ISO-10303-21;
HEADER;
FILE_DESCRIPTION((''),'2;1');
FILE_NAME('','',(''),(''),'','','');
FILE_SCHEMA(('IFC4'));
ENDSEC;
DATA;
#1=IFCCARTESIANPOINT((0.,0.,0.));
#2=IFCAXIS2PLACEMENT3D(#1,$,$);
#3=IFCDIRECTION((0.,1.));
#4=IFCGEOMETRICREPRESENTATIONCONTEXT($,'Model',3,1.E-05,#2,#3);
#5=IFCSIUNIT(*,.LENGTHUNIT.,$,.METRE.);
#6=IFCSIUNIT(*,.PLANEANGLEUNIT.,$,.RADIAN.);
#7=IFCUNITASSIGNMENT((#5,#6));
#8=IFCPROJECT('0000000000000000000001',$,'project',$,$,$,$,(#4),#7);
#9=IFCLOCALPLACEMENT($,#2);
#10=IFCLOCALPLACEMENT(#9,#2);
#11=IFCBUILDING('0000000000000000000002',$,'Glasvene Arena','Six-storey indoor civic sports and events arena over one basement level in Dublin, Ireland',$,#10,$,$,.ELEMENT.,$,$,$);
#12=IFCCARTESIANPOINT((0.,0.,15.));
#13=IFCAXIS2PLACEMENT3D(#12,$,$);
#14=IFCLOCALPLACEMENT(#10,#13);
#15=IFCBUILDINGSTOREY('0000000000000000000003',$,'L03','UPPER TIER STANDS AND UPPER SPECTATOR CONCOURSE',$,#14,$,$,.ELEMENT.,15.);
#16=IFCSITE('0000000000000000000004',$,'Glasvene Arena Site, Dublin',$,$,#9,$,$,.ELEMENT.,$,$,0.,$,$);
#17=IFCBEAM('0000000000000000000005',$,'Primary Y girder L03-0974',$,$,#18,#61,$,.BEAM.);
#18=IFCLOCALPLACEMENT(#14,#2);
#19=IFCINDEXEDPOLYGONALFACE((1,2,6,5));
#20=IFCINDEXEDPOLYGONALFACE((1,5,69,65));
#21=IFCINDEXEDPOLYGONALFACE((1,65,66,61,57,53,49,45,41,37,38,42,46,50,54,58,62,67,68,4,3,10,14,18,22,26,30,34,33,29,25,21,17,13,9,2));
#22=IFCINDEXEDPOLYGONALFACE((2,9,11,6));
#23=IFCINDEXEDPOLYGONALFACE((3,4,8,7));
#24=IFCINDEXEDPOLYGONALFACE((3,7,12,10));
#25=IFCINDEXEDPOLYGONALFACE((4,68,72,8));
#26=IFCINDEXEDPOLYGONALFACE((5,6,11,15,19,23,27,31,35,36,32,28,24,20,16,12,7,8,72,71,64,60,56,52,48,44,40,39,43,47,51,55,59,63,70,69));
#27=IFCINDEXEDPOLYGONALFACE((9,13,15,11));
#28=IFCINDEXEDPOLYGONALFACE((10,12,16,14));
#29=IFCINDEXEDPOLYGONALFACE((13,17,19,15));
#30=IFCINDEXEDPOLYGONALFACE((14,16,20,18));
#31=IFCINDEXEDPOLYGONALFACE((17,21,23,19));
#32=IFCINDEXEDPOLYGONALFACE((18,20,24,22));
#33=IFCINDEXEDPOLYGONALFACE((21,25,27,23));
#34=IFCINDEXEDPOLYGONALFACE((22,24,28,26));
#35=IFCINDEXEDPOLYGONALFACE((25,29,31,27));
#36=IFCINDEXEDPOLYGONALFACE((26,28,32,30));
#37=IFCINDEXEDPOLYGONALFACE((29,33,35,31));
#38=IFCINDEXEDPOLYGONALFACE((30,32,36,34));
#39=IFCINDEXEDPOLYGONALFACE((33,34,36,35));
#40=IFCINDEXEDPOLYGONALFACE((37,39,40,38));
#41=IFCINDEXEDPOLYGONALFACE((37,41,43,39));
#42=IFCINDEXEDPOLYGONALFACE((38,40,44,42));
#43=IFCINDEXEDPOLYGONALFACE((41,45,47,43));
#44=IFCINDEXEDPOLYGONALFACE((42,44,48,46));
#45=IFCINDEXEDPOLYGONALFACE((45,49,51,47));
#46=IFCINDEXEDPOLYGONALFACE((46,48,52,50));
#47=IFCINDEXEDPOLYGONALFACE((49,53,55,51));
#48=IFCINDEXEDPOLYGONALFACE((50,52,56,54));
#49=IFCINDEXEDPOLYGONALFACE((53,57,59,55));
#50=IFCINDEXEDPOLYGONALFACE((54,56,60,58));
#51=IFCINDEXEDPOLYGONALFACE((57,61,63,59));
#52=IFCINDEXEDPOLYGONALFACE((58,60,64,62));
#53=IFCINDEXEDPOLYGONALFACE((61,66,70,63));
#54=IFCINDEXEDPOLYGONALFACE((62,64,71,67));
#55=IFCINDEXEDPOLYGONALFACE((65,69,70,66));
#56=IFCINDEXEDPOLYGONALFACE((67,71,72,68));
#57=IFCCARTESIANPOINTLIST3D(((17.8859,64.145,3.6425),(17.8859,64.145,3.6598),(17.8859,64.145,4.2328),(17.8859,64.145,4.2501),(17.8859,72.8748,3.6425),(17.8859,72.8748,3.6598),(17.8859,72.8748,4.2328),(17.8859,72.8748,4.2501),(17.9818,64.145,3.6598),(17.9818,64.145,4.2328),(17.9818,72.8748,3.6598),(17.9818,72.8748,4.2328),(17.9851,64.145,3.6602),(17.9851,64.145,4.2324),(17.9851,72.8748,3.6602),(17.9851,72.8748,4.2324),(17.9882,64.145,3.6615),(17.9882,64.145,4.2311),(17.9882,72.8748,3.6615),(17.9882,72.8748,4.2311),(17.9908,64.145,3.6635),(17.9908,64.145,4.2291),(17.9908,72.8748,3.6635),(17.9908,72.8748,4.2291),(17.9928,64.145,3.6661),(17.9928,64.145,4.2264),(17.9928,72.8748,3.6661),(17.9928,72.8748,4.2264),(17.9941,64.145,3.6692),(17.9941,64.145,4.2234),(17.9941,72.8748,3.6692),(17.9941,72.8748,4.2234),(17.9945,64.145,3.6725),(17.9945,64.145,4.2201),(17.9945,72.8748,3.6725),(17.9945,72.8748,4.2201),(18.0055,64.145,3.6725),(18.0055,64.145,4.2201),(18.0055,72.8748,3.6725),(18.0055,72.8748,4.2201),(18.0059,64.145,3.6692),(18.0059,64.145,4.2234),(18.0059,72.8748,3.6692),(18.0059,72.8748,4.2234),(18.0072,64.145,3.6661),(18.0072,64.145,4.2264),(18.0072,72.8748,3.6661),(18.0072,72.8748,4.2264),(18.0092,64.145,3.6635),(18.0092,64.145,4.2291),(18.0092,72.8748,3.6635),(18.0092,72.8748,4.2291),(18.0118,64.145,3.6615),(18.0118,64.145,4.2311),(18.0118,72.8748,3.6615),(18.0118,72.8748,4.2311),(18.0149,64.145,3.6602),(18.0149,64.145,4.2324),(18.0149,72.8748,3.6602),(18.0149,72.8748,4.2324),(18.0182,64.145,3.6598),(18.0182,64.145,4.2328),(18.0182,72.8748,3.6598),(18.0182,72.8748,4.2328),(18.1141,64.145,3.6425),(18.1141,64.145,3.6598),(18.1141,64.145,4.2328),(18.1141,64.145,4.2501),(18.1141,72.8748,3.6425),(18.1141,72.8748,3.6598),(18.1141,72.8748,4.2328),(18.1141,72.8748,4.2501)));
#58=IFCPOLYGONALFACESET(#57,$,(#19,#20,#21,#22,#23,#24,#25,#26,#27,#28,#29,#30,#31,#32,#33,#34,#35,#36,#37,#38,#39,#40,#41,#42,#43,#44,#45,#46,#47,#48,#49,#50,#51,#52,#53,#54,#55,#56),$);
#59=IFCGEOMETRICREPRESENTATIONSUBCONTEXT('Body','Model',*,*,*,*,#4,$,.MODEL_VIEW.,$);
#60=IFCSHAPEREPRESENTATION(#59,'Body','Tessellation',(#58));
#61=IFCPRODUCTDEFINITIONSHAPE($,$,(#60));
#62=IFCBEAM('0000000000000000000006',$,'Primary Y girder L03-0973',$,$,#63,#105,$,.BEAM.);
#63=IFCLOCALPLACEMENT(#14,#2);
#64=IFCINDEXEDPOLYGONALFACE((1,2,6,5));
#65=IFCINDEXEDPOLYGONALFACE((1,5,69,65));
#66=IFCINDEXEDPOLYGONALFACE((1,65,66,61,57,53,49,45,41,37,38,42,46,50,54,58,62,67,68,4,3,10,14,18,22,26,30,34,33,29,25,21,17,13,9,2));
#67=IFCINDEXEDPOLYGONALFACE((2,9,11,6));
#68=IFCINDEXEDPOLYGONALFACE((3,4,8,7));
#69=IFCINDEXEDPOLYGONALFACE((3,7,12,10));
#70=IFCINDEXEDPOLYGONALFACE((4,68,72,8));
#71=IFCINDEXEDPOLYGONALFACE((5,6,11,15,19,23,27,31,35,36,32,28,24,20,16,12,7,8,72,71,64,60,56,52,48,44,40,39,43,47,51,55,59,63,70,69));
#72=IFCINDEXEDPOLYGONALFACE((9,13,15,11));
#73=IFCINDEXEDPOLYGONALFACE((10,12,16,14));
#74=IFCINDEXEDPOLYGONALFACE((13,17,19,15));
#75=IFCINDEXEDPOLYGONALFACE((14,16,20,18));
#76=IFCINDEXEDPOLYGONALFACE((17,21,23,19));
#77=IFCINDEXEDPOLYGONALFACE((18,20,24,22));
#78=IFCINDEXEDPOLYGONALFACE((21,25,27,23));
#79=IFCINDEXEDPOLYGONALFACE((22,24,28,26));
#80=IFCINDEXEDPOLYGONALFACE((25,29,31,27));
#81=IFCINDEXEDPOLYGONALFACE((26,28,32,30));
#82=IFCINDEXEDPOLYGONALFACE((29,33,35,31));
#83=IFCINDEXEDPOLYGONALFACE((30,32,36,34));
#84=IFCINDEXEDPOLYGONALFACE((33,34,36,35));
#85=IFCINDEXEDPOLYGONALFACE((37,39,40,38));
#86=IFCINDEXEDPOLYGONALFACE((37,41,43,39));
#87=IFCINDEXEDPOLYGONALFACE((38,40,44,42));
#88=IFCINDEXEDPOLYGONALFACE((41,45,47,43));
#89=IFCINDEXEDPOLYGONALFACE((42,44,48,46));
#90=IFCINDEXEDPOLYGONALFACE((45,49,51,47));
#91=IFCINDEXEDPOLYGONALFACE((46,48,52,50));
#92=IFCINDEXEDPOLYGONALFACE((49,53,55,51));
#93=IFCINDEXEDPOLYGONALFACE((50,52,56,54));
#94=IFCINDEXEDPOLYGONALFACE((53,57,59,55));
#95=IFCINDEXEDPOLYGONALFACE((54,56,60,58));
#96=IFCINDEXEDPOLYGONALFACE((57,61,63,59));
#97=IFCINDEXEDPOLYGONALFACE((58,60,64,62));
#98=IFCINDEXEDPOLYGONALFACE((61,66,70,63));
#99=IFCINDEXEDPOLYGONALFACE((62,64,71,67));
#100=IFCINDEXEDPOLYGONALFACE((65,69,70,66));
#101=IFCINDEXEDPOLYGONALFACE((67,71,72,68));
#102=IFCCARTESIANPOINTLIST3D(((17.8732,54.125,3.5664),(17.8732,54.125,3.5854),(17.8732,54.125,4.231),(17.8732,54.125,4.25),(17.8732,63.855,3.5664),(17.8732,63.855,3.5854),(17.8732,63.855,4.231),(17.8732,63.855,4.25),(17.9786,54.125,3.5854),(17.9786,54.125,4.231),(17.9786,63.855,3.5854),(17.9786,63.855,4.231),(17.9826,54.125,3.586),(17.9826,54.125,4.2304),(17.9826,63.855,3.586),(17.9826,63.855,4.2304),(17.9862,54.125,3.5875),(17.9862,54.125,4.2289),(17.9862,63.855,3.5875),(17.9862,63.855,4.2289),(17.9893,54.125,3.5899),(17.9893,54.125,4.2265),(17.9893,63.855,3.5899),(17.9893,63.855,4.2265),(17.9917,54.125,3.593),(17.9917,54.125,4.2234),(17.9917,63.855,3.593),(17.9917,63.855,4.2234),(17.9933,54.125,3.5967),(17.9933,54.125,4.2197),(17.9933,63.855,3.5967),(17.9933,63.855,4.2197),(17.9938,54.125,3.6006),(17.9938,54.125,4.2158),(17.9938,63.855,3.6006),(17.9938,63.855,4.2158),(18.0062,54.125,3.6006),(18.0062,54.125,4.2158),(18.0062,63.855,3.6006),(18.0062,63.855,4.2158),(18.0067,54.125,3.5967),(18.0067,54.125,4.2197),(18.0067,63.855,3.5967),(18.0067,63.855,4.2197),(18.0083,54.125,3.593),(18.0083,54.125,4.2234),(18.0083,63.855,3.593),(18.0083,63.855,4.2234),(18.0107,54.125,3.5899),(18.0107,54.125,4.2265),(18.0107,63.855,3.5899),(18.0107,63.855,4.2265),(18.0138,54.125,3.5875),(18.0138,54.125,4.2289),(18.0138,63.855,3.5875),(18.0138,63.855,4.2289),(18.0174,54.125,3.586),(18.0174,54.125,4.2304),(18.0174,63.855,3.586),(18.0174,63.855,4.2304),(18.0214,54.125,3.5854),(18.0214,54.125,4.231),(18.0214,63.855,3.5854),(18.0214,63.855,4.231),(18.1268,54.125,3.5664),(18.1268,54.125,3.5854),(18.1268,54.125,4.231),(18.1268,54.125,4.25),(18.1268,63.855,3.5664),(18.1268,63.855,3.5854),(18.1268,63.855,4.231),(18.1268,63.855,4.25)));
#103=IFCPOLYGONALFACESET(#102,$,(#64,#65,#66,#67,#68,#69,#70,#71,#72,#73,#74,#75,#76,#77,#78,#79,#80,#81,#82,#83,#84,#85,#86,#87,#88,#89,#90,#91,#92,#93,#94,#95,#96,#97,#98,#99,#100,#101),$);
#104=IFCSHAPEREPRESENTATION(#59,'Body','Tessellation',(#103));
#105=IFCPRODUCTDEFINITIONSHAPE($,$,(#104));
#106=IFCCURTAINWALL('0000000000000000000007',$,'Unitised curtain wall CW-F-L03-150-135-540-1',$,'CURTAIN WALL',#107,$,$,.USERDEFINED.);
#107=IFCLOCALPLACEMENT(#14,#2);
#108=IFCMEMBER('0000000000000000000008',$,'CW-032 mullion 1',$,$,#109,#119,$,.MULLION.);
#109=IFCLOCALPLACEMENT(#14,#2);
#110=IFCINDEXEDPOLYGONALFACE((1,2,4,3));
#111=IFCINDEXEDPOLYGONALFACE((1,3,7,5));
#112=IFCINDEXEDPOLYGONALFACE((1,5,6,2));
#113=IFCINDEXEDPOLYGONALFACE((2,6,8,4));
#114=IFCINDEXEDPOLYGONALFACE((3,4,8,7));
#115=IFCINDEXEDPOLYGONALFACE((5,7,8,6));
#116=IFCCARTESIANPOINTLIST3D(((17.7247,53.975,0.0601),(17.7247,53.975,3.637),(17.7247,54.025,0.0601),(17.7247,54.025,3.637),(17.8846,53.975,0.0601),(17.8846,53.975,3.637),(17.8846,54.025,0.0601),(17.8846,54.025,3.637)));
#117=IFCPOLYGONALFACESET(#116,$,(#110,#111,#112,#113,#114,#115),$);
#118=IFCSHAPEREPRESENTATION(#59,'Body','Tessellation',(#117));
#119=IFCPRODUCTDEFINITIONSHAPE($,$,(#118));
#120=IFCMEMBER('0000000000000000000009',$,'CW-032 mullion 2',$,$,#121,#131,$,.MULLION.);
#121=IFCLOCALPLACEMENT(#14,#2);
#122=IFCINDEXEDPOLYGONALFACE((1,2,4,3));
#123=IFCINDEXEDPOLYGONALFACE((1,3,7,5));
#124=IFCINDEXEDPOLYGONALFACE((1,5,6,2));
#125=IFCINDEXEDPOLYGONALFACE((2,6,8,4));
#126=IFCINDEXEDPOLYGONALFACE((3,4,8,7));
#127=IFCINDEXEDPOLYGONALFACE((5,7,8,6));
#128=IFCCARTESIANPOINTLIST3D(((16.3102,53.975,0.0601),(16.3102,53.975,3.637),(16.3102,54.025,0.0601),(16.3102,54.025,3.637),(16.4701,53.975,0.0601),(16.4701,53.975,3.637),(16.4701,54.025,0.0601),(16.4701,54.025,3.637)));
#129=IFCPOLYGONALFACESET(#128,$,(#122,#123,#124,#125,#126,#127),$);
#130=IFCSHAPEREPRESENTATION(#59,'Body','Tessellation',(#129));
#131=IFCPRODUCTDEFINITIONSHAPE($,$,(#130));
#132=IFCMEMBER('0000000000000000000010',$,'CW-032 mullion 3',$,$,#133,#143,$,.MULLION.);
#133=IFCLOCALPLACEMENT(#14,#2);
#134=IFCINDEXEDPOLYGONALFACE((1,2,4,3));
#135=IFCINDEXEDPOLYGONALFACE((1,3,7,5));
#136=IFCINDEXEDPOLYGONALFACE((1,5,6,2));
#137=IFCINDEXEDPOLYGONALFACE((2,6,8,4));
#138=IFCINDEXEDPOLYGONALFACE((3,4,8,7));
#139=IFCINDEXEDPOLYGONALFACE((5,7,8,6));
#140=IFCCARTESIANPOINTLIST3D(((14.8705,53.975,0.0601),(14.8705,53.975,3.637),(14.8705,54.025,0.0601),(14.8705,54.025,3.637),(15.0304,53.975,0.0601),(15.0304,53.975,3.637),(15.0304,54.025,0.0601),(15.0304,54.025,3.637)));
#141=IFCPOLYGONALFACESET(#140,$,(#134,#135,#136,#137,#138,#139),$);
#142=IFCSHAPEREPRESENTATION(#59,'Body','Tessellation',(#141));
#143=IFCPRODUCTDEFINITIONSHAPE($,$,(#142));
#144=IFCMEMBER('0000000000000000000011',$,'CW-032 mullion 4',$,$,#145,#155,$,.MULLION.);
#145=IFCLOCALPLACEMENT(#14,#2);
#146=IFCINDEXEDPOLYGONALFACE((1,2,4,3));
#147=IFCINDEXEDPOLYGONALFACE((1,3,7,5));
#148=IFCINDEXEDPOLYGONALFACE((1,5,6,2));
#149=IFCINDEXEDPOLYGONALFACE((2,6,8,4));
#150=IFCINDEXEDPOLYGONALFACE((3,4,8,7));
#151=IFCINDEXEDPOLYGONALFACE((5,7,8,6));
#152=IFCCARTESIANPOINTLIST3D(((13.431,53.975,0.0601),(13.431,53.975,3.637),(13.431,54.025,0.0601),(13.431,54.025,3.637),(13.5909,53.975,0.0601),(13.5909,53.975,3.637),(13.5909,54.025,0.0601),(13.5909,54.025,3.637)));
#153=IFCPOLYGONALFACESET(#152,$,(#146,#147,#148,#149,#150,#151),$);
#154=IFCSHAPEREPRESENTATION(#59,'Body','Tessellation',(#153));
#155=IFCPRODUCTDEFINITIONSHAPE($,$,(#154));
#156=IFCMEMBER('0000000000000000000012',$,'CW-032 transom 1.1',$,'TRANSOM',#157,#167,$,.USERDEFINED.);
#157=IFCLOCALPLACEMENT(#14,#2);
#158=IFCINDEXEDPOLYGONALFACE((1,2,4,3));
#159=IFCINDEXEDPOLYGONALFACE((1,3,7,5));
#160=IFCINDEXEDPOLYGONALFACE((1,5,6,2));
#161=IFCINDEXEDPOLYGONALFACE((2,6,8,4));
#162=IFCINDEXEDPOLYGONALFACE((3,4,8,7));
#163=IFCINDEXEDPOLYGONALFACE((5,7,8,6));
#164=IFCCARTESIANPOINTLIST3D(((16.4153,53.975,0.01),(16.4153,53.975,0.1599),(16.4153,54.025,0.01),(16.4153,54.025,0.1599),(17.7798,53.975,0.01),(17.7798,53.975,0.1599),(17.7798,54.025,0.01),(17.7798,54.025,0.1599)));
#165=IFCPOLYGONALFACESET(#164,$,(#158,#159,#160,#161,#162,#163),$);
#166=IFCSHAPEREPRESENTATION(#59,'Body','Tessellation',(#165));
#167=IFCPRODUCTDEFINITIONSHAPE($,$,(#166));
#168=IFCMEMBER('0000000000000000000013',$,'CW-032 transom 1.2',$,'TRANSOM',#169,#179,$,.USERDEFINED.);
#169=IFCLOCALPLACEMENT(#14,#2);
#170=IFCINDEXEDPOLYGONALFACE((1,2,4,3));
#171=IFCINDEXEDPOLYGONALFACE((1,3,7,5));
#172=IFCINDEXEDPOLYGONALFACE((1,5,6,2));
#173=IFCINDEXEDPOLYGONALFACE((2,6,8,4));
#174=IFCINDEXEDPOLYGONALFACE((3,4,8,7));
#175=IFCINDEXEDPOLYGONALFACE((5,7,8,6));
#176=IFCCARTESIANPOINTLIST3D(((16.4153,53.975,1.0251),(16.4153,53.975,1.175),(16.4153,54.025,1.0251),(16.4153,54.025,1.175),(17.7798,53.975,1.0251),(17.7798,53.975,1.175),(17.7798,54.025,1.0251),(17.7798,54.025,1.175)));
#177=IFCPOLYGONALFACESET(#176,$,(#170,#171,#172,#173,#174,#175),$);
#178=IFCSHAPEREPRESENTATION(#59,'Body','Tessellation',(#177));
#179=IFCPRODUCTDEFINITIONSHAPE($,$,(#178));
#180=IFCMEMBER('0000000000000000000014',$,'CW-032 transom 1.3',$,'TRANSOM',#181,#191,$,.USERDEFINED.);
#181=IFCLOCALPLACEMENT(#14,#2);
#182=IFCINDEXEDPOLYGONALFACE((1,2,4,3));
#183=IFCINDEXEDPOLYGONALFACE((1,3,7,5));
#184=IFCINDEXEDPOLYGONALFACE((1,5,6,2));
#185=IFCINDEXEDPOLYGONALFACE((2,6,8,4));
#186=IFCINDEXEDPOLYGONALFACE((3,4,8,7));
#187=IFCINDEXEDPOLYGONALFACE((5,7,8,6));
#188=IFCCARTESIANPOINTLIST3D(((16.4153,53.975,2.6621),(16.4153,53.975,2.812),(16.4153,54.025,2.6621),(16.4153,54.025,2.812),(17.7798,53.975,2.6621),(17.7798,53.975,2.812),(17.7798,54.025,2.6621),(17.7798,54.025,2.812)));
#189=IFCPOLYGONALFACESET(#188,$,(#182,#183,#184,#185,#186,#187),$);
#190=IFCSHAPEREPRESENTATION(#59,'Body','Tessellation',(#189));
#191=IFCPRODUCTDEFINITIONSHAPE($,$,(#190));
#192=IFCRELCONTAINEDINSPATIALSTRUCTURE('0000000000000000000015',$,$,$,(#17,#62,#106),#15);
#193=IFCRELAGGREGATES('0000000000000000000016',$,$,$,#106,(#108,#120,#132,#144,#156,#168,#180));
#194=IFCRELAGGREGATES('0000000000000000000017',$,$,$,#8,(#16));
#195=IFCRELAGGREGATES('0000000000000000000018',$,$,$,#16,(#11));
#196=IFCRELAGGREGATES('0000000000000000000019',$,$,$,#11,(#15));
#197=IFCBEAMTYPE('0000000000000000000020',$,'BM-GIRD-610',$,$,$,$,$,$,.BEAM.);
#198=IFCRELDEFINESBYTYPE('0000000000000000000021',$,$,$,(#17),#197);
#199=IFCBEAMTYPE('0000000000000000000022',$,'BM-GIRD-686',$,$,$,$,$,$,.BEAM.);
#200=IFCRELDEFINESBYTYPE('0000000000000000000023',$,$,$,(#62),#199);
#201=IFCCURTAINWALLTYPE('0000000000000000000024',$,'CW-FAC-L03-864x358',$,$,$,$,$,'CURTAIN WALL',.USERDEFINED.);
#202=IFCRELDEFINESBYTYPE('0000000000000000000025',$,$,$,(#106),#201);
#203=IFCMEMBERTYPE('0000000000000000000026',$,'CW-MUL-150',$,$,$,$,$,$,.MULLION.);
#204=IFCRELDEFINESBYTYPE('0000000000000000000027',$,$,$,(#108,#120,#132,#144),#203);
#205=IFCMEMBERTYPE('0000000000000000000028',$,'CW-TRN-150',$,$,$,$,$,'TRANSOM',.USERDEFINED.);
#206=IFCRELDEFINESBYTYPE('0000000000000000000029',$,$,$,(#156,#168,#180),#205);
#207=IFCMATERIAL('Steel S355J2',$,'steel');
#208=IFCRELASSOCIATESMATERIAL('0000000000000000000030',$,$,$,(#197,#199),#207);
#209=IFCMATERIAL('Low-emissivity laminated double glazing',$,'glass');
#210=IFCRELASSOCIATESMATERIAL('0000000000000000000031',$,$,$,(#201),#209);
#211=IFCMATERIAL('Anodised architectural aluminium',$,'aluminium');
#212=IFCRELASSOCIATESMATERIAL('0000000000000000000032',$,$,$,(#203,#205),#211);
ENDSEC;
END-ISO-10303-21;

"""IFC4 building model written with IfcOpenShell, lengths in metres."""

from ifc_helpers import new_model, si_unit, direction, frame, origin, origin_2d, place, context, subcontext, project, spatial, rectangle, i_section, extrude, material, material_profile, profile_set, type_object, element, aggregate, save


model = new_model("IFC4")

# Units and contexts
model_context = context("Model", 3, precision=1e-05, world=origin(), true_north=direction((0.0, 1.0)))
body_context = subcontext(model_context, "Body", "Model", "MODEL_VIEW")
ifc_project = project(units=[si_unit("LENGTHUNIT", "METRE"), si_unit("PLANEANGLEUNIT", "RADIAN")], contexts=[model_context])

# Site, building, storey
site_placement = place(None, origin())
site = spatial("IfcSite", under=ifc_project, at=site_placement, Name="Glasvene Arena Site, Dublin", CompositionType="ELEMENT", RefElevation=0.0)
building_placement = place(site_placement, origin())
building = spatial("IfcBuilding", under=site, at=building_placement, Name="Glasvene Arena", Description="Six-storey indoor civic sports and events arena over one basement level in Dublin, Ireland", CompositionType="ELEMENT")
storey_placement = place(building_placement, frame((0.0, 0.0, 15.0)))
storey = spatial("IfcBuildingStorey", under=building, at=storey_placement, Name="L03", Description="UPPER TIER STANDS AND UPPER SPECTATOR CONCOURSE", CompositionType="ELEMENT", Elevation=15.0)

# Shared definitions
ifc_material_1 = material(Name="Steel S355J2", Category="steel")

# Beams
ifc_material_profile_1 = material_profile(ifc_material_1, i_section(OverallWidth=0.2283, OverallDepth=0.6077, WebThickness=0.011, FlangeThickness=0.0173, FilletRadius=0.0127, at=origin_2d()), Name="UKB 610x229x113")
ifc_profile_set_1 = profile_set([ifc_material_profile_1], Name="Steel S355J2")
beam_type_1 = type_object("IfcBeamType", Name="BM-GIRD-610", PredefinedType="BEAM", material=ifc_profile_set_1)
beam_1_placement = place(storey_placement, frame((18.0, 64.145, 3.9463), z_axis=(0.0, 1.0, 0.0), x_axis=(-1.0, 0.0, 0.0)))
element("IfcBeam", 1, at=beam_1_placement, inside=storey, type_object=beam_type_1, Name="Primary Y girder L03-0974", PredefinedType="BEAM", context=body_context, shape_type="SweptSolid", body=[
    extrude(i_section(OverallWidth=0.2283, OverallDepth=0.6077, WebThickness=0.011, FlangeThickness=0.0173, FilletRadius=0.0127, at=origin_2d()), origin(), (0.0, 0.0, 1.0), 8.7297),
])
ifc_material_profile_2 = material_profile(ifc_material_1, i_section(OverallWidth=0.2537, OverallDepth=0.6836, WebThickness=0.0125, FlangeThickness=0.019, FilletRadius=0.0151, at=origin_2d()), Name="UKB 686x254x140")
ifc_profile_set_2 = profile_set([ifc_material_profile_2], Name="Steel S355J2")
beam_type_2 = type_object("IfcBeamType", Name="BM-GIRD-686", PredefinedType="BEAM", material=ifc_profile_set_2)
beam_2_placement = place(storey_placement, frame((18.0, 54.125, 3.9082), z_axis=(0.0, 1.0, 0.0), x_axis=(-1.0, 0.0, 0.0)))
element("IfcBeam", 2, at=beam_2_placement, inside=storey, type_object=beam_type_2, Name="Primary Y girder L03-0973", PredefinedType="BEAM", context=body_context, shape_type="SweptSolid", body=[
    extrude(i_section(OverallWidth=0.2537, OverallDepth=0.6836, WebThickness=0.0125, FlangeThickness=0.019, FilletRadius=0.0151, at=origin_2d()), origin(), (0.0, 0.0, 1.0), 9.73),
])

# Curtain wall, members
ifc_material_2 = material(Name="Low-emissivity laminated double glazing", Category="glass")
curtain_wall_type = type_object("IfcCurtainWallType", Name="CW-FAC-L03-864x358", ElementType="CURTAIN WALL", PredefinedType="USERDEFINED", material=ifc_material_2)
curtain_wall_placement = place(storey_placement, frame((17.8298, 54.0, 0.0)))
curtain_wall = element("IfcCurtainWall", 3, at=curtain_wall_placement, inside=storey, type_object=curtain_wall_type, Name="Unitised curtain wall CW-F-L03-150-135-540-1", ObjectType="CURTAIN WALL", PredefinedType="USERDEFINED")
ifc_material_3 = material(Name="Anodised architectural aluminium", Category="aluminium")
ifc_material_profile_3 = material_profile(ifc_material_3, rectangle(XDim=0.05, YDim=0.1599, at=origin_2d()), Name="ALU MULLION 50x160")
ifc_profile_set_3 = profile_set([ifc_material_profile_3], Name="Anodised architectural aluminium")
member_type_1 = type_object("IfcMemberType", Name="CW-MUL-150", PredefinedType="MULLION", material=ifc_profile_set_3)
member_1_placement = place(storey_placement, frame((17.8047, 54.0, 0.0601), z_axis=(0.0, 0.0, 1.0), x_axis=(0.0, -1.0, 0.0)))
member_1 = element("IfcMember", 4, at=member_1_placement, type_object=member_type_1, Name="CW-032 mullion 1", PredefinedType="MULLION", context=body_context, shape_type="SweptSolid", body=[
    extrude(rectangle(XDim=0.05, YDim=0.1599, at=origin_2d()), origin(), (0.0, 0.0, 1.0), 3.5769),
])
member_2_placement = place(storey_placement, frame((16.3901, 54.0, 0.0601), z_axis=(0.0, 0.0, 1.0), x_axis=(0.0, -1.0, 0.0)))
member_2 = element("IfcMember", 5, at=member_2_placement, type_object=member_type_1, Name="CW-032 mullion 2", PredefinedType="MULLION", context=body_context, shape_type="SweptSolid", body=[
    extrude(rectangle(XDim=0.05, YDim=0.1599, at=origin_2d()), origin(), (0.0, 0.0, 1.0), 3.5769),
])
member_3_placement = place(storey_placement, frame((14.9504, 54.0, 0.0601), z_axis=(0.0, 0.0, 1.0), x_axis=(0.0, -1.0, 0.0)))
member_3 = element("IfcMember", 6, at=member_3_placement, type_object=member_type_1, Name="CW-032 mullion 3", PredefinedType="MULLION", context=body_context, shape_type="SweptSolid", body=[
    extrude(rectangle(XDim=0.05, YDim=0.1599, at=origin_2d()), origin(), (0.0, 0.0, 1.0), 3.5769),
])
member_4_placement = place(storey_placement, frame((13.511, 54.0, 0.0601), z_axis=(0.0, 0.0, 1.0), x_axis=(0.0, -1.0, 0.0)))
member_4 = element("IfcMember", 7, at=member_4_placement, type_object=member_type_1, Name="CW-032 mullion 4", PredefinedType="MULLION", context=body_context, shape_type="SweptSolid", body=[
    extrude(rectangle(XDim=0.05, YDim=0.1599, at=origin_2d()), origin(), (0.0, 0.0, 1.0), 3.5769),
])
ifc_material_profile_4 = material_profile(ifc_material_3, rectangle(XDim=0.05, YDim=0.1499, at=origin_2d()), Name="ALU TRANSOM 50x150")
ifc_profile_set_4 = profile_set([ifc_material_profile_4], Name="Anodised architectural aluminium")
member_type_2 = type_object("IfcMemberType", Name="CW-TRN-150", ElementType="TRANSOM", PredefinedType="USERDEFINED", material=ifc_profile_set_4)
member_5_placement = place(storey_placement, frame((17.7798, 54.0, 0.085), z_axis=(-1.0, 0.0, 0.0), x_axis=(0.0, -1.0, 0.0)))
member_5 = element("IfcMember", 8, at=member_5_placement, type_object=member_type_2, Name="CW-032 transom 1.1", ObjectType="TRANSOM", PredefinedType="USERDEFINED", context=body_context, shape_type="SweptSolid", body=[
    extrude(rectangle(XDim=0.05, YDim=0.1499, at=origin_2d()), origin(), (0.0, 0.0, 1.0), 1.3645),
])
member_6_placement = place(storey_placement, frame((17.7798, 54.0, 1.1001), z_axis=(-1.0, 0.0, 0.0), x_axis=(0.0, -1.0, 0.0)))
member_6 = element("IfcMember", 9, at=member_6_placement, type_object=member_type_2, Name="CW-032 transom 1.2", ObjectType="TRANSOM", PredefinedType="USERDEFINED", context=body_context, shape_type="SweptSolid", body=[
    extrude(rectangle(XDim=0.05, YDim=0.1499, at=origin_2d()), origin(), (0.0, 0.0, 1.0), 1.3645),
])
member_7_placement = place(storey_placement, frame((17.7798, 54.0, 2.7371), z_axis=(-1.0, 0.0, 0.0), x_axis=(0.0, -1.0, 0.0)))
member_7 = element("IfcMember", 10, at=member_7_placement, type_object=member_type_2, Name="CW-032 transom 1.3", ObjectType="TRANSOM", PredefinedType="USERDEFINED", context=body_context, shape_type="SweptSolid", body=[
    extrude(rectangle(XDim=0.05, YDim=0.1499, at=origin_2d()), origin(), (0.0, 0.0, 1.0), 1.3645),
])
aggregate(curtain_wall, [member_1, member_2, member_3, member_4, member_5, member_6, member_7])

save(model, "model.ifc")
